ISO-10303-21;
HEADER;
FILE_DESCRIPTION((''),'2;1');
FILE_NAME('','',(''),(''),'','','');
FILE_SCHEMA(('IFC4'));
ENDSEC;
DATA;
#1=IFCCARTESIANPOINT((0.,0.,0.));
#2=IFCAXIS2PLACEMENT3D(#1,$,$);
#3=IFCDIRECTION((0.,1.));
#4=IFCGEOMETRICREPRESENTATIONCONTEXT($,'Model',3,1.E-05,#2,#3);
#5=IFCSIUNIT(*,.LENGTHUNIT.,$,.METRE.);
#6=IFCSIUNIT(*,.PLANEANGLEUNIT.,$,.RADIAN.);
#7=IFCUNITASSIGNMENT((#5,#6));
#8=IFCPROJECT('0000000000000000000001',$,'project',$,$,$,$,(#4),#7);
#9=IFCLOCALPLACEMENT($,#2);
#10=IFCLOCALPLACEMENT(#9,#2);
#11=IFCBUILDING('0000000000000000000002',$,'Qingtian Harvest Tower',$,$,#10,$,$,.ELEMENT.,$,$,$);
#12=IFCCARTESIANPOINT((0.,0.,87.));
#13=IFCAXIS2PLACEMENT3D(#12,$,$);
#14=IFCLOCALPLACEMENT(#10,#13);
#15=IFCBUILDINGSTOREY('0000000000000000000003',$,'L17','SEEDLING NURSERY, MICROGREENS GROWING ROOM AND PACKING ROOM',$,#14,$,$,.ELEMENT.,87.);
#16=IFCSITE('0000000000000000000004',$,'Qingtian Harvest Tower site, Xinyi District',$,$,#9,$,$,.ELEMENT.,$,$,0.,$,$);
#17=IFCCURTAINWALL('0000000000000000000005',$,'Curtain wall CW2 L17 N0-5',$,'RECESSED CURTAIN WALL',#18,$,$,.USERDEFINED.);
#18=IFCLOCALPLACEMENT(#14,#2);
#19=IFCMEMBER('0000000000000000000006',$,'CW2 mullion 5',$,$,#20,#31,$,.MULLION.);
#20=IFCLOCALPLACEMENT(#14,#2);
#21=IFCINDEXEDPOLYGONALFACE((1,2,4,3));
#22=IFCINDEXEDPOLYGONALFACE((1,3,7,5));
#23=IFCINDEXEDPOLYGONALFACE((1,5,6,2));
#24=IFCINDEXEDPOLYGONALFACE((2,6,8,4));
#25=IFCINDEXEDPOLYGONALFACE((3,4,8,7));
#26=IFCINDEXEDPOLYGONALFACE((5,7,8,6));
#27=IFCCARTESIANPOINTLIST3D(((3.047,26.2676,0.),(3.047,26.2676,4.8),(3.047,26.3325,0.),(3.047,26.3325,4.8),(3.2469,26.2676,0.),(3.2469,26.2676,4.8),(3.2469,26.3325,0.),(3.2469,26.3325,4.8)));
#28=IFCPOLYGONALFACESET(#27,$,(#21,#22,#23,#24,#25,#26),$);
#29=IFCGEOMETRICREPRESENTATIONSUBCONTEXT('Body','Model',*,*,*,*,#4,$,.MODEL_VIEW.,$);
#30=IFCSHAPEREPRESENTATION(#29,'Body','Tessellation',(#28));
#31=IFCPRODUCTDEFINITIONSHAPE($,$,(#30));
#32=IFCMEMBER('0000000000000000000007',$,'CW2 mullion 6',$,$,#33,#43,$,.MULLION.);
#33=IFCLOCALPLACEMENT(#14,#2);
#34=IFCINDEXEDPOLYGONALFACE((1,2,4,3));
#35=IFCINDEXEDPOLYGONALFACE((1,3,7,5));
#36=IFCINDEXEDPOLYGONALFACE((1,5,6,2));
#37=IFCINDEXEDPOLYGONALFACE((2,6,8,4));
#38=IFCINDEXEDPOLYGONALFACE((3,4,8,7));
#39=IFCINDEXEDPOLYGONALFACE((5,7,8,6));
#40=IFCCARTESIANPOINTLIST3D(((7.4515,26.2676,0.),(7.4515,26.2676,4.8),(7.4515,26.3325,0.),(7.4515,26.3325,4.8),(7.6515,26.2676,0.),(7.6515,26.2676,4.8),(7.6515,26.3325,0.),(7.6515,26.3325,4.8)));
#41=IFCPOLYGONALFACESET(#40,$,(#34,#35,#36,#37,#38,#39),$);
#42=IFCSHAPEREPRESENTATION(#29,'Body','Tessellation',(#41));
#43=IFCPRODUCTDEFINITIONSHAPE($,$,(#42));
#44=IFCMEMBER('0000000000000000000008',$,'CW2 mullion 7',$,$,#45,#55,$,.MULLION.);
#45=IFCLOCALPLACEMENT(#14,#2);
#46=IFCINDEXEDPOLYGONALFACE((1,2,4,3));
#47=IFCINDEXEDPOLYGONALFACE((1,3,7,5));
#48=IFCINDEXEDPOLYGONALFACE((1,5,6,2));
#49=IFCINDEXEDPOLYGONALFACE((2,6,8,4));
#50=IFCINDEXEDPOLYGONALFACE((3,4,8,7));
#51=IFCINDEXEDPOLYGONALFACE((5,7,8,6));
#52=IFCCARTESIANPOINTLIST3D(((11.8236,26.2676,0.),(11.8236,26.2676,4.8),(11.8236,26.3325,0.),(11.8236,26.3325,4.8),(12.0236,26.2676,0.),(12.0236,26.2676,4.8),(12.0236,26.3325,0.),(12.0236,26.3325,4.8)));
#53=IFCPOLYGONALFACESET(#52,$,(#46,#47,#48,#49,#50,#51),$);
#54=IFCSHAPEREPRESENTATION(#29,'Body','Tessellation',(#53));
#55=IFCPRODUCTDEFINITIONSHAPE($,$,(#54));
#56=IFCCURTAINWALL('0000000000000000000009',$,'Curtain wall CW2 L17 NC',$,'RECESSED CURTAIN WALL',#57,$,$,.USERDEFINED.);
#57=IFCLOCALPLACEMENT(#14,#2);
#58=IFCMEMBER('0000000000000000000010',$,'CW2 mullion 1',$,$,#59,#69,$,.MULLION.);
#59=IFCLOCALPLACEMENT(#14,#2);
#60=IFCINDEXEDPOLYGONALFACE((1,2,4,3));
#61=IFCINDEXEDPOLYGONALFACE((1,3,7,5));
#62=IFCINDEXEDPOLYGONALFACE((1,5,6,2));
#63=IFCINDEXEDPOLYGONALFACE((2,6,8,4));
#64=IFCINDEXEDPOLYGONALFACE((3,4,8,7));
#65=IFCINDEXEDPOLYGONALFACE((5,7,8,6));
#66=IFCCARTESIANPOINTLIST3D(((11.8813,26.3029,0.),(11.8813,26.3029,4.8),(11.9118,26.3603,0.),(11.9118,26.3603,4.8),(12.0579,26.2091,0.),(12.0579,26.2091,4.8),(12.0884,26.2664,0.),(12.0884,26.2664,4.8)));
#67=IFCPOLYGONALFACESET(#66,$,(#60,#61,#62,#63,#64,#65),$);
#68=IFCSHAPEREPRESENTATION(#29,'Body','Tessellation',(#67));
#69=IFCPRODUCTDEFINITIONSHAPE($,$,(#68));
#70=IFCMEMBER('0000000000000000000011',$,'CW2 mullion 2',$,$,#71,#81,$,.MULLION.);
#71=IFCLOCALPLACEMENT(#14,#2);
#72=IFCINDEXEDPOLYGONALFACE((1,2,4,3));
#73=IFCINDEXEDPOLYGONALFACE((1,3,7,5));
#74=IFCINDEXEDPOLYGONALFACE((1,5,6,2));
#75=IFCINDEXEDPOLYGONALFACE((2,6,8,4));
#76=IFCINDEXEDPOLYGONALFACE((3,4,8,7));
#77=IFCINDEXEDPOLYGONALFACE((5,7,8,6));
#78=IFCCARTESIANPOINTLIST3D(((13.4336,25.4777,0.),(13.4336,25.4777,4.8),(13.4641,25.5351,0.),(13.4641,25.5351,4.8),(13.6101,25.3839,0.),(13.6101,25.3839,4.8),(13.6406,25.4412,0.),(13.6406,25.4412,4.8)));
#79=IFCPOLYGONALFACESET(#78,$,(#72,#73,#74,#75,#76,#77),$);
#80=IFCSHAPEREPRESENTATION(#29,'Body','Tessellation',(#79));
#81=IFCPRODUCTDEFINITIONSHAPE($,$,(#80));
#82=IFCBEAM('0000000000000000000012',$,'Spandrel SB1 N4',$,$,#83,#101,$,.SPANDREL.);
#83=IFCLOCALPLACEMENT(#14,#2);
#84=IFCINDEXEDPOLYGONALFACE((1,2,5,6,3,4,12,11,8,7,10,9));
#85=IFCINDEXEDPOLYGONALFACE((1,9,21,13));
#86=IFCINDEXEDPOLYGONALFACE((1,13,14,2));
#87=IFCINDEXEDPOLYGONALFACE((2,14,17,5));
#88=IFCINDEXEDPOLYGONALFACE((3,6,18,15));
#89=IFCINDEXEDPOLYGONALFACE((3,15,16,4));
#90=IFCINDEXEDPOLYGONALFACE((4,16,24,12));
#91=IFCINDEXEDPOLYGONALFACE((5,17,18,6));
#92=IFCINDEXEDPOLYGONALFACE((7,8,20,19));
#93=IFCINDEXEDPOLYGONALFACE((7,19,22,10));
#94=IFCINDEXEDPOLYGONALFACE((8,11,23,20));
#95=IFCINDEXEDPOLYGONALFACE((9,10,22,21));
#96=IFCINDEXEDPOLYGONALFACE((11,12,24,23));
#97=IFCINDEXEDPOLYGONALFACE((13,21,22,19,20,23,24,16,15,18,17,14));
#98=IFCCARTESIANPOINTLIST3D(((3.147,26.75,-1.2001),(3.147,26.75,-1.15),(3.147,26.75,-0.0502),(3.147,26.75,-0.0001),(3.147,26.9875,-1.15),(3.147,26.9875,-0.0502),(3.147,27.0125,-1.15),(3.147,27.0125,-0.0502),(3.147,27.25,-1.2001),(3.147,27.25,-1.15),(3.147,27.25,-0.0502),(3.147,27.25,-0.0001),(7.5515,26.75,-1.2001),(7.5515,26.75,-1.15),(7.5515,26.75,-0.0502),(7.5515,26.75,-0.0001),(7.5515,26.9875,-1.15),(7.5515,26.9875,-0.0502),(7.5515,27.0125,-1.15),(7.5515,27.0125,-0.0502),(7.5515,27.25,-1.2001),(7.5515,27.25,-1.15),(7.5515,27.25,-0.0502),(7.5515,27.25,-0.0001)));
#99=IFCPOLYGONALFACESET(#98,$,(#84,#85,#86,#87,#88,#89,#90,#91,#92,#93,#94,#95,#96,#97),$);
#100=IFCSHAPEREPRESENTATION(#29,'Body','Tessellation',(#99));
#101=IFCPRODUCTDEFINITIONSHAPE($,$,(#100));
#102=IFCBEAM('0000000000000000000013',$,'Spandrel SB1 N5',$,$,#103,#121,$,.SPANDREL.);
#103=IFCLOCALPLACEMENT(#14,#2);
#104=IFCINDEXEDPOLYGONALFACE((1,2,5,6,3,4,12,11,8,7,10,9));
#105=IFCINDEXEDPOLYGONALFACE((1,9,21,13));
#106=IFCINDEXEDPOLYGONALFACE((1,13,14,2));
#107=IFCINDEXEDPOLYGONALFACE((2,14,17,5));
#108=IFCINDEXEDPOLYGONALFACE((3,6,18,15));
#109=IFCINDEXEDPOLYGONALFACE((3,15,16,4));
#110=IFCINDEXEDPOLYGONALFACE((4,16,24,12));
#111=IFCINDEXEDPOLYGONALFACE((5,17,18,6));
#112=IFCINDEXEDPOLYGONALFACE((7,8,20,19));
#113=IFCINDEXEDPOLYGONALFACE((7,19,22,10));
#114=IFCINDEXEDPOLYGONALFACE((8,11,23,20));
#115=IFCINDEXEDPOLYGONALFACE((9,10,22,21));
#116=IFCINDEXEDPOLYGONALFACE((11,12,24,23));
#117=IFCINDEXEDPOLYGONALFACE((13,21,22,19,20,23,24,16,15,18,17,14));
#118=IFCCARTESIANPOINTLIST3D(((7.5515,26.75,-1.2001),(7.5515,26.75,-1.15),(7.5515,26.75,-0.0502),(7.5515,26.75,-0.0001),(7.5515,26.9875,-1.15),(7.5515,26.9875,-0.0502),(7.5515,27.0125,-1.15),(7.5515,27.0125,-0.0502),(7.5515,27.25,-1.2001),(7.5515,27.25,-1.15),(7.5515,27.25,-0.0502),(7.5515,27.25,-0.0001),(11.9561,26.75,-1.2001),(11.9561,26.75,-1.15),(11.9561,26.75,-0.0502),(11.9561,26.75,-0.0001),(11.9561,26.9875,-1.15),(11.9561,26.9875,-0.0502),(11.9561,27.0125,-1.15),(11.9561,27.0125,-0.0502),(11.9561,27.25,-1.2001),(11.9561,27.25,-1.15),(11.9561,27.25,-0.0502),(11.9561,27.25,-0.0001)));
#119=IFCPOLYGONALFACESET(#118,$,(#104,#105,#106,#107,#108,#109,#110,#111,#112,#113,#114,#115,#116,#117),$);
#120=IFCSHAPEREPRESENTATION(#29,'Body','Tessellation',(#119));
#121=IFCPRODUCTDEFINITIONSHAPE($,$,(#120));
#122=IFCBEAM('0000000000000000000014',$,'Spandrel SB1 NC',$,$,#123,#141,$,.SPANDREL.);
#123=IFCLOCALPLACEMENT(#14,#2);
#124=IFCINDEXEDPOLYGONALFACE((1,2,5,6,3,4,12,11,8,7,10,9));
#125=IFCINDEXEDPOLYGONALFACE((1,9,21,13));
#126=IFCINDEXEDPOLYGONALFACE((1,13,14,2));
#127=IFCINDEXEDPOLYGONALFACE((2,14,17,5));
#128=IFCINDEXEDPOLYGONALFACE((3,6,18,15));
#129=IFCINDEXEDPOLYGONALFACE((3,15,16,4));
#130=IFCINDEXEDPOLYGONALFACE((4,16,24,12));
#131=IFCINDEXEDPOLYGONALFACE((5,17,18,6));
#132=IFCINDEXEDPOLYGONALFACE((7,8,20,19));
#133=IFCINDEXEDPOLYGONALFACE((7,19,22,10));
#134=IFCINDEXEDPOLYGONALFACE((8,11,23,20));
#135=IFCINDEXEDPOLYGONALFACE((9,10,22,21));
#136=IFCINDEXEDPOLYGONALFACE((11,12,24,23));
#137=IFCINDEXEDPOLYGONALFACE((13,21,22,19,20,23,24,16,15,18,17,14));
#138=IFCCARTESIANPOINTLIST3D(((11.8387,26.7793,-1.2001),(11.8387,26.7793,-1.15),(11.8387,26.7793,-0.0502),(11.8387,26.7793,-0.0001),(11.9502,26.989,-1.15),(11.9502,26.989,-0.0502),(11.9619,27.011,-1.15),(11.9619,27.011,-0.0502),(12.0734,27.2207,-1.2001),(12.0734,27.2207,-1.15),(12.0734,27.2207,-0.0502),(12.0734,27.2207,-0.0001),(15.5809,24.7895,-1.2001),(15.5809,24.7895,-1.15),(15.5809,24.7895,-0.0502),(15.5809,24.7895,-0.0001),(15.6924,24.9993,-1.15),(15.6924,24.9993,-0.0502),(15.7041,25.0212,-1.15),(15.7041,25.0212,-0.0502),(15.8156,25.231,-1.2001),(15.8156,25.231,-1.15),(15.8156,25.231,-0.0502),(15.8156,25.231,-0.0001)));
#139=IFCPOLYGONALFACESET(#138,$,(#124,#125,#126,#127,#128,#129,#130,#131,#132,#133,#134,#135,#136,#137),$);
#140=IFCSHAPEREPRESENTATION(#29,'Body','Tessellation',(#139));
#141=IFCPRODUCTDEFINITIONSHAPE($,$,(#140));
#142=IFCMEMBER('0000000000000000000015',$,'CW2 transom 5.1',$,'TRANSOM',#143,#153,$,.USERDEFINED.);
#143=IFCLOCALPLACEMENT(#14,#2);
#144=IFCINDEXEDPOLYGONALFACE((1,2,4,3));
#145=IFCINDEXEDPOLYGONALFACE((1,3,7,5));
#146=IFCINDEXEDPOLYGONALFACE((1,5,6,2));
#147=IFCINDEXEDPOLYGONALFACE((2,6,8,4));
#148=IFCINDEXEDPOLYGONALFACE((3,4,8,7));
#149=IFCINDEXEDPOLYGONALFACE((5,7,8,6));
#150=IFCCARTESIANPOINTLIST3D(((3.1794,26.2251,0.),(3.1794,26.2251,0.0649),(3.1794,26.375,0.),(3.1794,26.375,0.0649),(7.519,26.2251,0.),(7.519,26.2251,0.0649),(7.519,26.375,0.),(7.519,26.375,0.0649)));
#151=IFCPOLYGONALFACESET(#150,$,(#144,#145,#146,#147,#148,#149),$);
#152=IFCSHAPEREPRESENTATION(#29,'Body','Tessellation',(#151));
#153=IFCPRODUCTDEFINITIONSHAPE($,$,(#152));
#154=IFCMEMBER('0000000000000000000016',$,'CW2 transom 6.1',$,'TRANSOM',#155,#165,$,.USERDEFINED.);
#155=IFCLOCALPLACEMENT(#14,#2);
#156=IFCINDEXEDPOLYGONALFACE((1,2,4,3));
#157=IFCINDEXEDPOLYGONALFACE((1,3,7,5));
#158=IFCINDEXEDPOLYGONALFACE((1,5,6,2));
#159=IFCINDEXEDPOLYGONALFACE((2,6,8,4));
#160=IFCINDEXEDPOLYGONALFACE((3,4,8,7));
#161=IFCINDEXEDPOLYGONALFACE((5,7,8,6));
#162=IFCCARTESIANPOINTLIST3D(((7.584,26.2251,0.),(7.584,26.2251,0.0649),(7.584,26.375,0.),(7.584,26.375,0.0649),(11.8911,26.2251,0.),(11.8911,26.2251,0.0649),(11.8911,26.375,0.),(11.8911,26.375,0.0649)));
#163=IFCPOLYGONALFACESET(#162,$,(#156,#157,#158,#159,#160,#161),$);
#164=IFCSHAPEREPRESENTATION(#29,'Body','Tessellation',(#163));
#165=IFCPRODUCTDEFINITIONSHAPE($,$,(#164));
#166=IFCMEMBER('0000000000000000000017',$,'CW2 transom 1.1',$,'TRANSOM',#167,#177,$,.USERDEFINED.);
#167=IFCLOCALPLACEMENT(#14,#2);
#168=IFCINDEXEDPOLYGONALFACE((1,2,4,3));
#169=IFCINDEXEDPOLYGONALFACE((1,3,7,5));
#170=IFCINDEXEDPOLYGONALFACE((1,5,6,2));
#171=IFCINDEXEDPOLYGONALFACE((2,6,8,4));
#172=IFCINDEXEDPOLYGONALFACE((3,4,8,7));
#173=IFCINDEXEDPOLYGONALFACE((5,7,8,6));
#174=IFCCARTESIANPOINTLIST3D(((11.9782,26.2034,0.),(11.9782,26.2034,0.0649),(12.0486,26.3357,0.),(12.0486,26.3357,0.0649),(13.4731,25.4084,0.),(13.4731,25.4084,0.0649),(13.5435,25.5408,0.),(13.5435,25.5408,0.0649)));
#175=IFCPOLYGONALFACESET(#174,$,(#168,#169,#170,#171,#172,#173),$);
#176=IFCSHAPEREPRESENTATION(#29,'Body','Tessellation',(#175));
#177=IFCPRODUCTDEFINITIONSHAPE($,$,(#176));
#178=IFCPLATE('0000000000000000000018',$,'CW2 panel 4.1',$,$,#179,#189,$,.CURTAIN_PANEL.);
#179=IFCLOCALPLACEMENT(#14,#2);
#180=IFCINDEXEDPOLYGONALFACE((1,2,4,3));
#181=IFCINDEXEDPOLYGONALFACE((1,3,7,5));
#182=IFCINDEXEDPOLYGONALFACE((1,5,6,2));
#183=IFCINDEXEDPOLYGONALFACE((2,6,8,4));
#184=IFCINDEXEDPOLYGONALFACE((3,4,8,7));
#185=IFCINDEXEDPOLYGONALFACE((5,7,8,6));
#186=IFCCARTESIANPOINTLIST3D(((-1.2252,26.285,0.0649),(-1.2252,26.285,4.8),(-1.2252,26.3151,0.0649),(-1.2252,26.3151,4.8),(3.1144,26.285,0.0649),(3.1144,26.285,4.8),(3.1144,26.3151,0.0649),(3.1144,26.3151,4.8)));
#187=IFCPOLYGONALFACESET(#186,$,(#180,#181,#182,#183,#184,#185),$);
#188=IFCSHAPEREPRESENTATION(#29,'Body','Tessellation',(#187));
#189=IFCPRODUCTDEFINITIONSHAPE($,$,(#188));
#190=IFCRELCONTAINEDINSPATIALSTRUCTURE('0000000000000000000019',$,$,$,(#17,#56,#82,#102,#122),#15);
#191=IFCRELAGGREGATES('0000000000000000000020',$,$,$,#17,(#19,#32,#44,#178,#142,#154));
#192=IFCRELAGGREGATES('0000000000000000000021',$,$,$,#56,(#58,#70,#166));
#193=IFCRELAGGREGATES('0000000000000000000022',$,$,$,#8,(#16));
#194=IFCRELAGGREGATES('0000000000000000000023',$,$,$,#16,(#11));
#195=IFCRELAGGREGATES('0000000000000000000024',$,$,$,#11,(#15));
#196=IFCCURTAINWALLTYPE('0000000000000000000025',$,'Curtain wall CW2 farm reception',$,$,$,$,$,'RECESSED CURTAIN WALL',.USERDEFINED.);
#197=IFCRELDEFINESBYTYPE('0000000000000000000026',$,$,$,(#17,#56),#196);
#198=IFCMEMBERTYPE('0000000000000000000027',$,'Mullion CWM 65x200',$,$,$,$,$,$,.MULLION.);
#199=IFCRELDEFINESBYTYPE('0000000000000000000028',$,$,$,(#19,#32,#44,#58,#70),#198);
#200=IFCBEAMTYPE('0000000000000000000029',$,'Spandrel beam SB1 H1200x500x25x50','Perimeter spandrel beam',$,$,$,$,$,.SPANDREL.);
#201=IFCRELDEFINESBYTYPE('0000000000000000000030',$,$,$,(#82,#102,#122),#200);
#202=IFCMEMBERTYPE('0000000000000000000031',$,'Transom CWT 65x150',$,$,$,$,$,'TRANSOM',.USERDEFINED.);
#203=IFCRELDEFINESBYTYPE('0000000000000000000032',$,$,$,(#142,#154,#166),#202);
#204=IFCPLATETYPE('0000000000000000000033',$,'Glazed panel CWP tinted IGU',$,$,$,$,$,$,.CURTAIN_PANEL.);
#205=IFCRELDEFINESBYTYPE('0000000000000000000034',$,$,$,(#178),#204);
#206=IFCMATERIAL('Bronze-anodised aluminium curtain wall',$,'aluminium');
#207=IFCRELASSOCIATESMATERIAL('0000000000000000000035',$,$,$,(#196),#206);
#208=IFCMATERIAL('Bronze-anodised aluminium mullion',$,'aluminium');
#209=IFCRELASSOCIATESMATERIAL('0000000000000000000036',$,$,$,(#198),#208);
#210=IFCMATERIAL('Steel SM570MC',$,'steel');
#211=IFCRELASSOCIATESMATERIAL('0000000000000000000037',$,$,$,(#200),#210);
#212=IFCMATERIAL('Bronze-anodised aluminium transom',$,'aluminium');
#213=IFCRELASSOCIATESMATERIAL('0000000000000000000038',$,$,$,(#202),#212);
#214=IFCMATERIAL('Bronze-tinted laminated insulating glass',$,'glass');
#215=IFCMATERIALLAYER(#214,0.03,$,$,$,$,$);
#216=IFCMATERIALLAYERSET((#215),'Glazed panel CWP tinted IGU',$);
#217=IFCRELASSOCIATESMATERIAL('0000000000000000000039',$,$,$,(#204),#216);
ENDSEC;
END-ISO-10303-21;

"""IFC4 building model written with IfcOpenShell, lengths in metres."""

from ifc_helpers import new_model, si_unit, direction, frame, origin, origin_2d, place, context, subcontext, project, spatial, rectangle, i_section, extrude, material, layer, layer_set, material_profile, profile_set, type_object, element, aggregate, save


model = new_model("IFC4")

# Units and contexts
model_context = context("Model", 3, precision=1e-05, world=origin(), true_north=direction((0.0, 1.0)))
body_context = subcontext(model_context, "Body", "Model", "MODEL_VIEW")
ifc_project = project(units=[si_unit("LENGTHUNIT", "METRE"), si_unit("PLANEANGLEUNIT", "RADIAN")], contexts=[model_context])

# Site, building, storey
site_placement = place(None, origin())
site = spatial("IfcSite", under=ifc_project, at=site_placement, Name="Qingtian Harvest Tower site, Xinyi District", CompositionType="ELEMENT", RefElevation=0.0)
building_placement = place(site_placement, origin())
building = spatial("IfcBuilding", under=site, at=building_placement, Name="Qingtian Harvest Tower", CompositionType="ELEMENT")
storey_placement = place(building_placement, frame((0.0, 0.0, 87.0)))
storey = spatial("IfcBuildingStorey", under=building, at=storey_placement, Name="L17", Description="SEEDLING NURSERY, MICROGREENS GROWING ROOM AND PACKING ROOM", CompositionType="ELEMENT", Elevation=87.0)

# Curtain walls, members
ifc_material_1 = material(Name="Bronze-anodised aluminium curtain wall", Category="aluminium")
curtain_wall_type = type_object("IfcCurtainWallType", Name="Curtain wall CW2 farm reception", ElementType="RECESSED CURTAIN WALL", PredefinedType="USERDEFINED", material=ifc_material_1)
curtain_wall_1_placement = place(storey_placement, origin())
curtain_wall_1 = element("IfcCurtainWall", 1, at=curtain_wall_1_placement, inside=storey, type_object=curtain_wall_type, Name="Curtain wall CW2 L17 N0-5", ObjectType="RECESSED CURTAIN WALL", PredefinedType="USERDEFINED")
ifc_material_2 = material(Name="Bronze-anodised aluminium mullion", Category="aluminium")
ifc_material_profile_1 = material_profile(ifc_material_2, rectangle(XDim=0.0649, YDim=0.2, at=origin_2d()), Name="AL 65x200")
ifc_profile_set_1 = profile_set([ifc_material_profile_1], Name="Bronze-anodised aluminium mullion")
member_type_1 = type_object("IfcMemberType", Name="Mullion CWM 65x200", PredefinedType="MULLION", material=ifc_profile_set_1)
member_1_placement = place(storey_placement, frame((3.147, 26.3, 0.0), z_axis=(0.0, 0.0, 1.0), x_axis=(0.0, 1.0, 0.0)))
member_1 = element("IfcMember", 2, at=member_1_placement, type_object=member_type_1, Name="CW2 mullion 5", PredefinedType="MULLION", context=body_context, shape_type="SweptSolid", body=[
    extrude(rectangle(XDim=0.0649, YDim=0.2, at=origin_2d()), origin(), (0.0, 0.0, 1.0), 4.8),
])
member_2_placement = place(storey_placement, frame((7.5515, 26.3, 0.0), z_axis=(0.0, 0.0, 1.0), x_axis=(0.0, 1.0, 0.0)))
member_2 = element("IfcMember", 3, at=member_2_placement, type_object=member_type_1, Name="CW2 mullion 6", PredefinedType="MULLION", context=body_context, shape_type="SweptSolid", body=[
    extrude(rectangle(XDim=0.0649, YDim=0.2, at=origin_2d()), origin(), (0.0, 0.0, 1.0), 4.8),
])
member_3_placement = place(storey_placement, frame((11.9236, 26.3, 0.0), z_axis=(0.0, 0.0, 1.0), x_axis=(0.0, 1.0, 0.0)))
member_3 = element("IfcMember", 4, at=member_3_placement, type_object=member_type_1, Name="CW2 mullion 7", PredefinedType="MULLION", context=body_context, shape_type="SweptSolid", body=[
    extrude(rectangle(XDim=0.0649, YDim=0.2, at=origin_2d()), origin(), (0.0, 0.0, 1.0), 4.8),
])
curtain_wall_2_placement = place(storey_placement, origin())
curtain_wall_2 = element("IfcCurtainWall", 5, at=curtain_wall_2_placement, inside=storey, type_object=curtain_wall_type, Name="Curtain wall CW2 L17 NC", ObjectType="RECESSED CURTAIN WALL", PredefinedType="USERDEFINED")
member_4_placement = place(storey_placement, frame((11.9849, 26.2847, 0.0), z_axis=(0.0, 0.0, 1.0), x_axis=(0.469472, 0.882948, 0.0)))
member_4 = element("IfcMember", 6, at=member_4_placement, type_object=member_type_1, Name="CW2 mullion 1", PredefinedType="MULLION", context=body_context, shape_type="SweptSolid", body=[
    extrude(rectangle(XDim=0.0649, YDim=0.2, at=origin_2d()), origin(), (0.0, 0.0, 1.0), 4.8),
])
member_5_placement = place(storey_placement, frame((13.5371, 25.4595, 0.0), z_axis=(0.0, 0.0, 1.0), x_axis=(0.469472, 0.882948, 0.0)))
member_5 = element("IfcMember", 7, at=member_5_placement, type_object=member_type_1, Name="CW2 mullion 2", PredefinedType="MULLION", context=body_context, shape_type="SweptSolid", body=[
    extrude(rectangle(XDim=0.0649, YDim=0.2, at=origin_2d()), origin(), (0.0, 0.0, 1.0), 4.8),
])

# Beams
ifc_material_3 = material(Name="Steel SM570MC", Category="steel")
ifc_material_profile_2 = material_profile(ifc_material_3, i_section(OverallWidth=0.5, OverallDepth=1.2, WebThickness=0.0249, FlangeThickness=0.05, at=origin_2d()), Name="H1200x500x25x50")
ifc_profile_set_2 = profile_set([ifc_material_profile_2], Name="Steel SM570MC")
beam_type_1 = type_object("IfcBeamType", Name="Spandrel beam SB1 H1200x500x25x50", Description="Perimeter spandrel beam", PredefinedType="SPANDREL", material=ifc_profile_set_2)
for number, where, z_axis, x_axis, name in (
    (8, (3.147, 27.0, -0.6001), (1.0, 0.0, 0.0), (0.0, 1.0, 0.0), "Spandrel SB1 N4"),
    (9, (7.5515, 27.0, -0.6001), (1.0, 0.0, 0.0), (0.0, 1.0, 0.0), "Spandrel SB1 N5"),
):
    element("IfcBeam", number, at=place(storey_placement, frame(where, z_axis=z_axis, x_axis=x_axis)), inside=storey, type_object=beam_type_1, Name=name, PredefinedType="SPANDREL", context=body_context, shape_type="SweptSolid", body=[
        extrude(i_section(OverallWidth=0.5, OverallDepth=1.2, WebThickness=0.0249, FlangeThickness=0.05, at=origin_2d()), origin(), (0.0, 0.0, 1.0), 4.4045),
    ])
beam_1_placement = place(storey_placement, frame((11.9561, 27.0, -0.6001), z_axis=(0.882949, -0.46947, 0.0), x_axis=(0.46947, 0.882949, 0.0)))
element("IfcBeam", 10, at=beam_1_placement, inside=storey, type_object=beam_type_1, Name="Spandrel SB1 NC", PredefinedType="SPANDREL", context=body_context, shape_type="SweptSolid", body=[
    extrude(i_section(OverallWidth=0.5, OverallDepth=1.2, WebThickness=0.0249, FlangeThickness=0.05, at=origin_2d()), origin(), (0.0, 0.0, 1.0), 4.2383),
])

# Members
ifc_material_4 = material(Name="Bronze-anodised aluminium transom", Category="aluminium")
ifc_material_profile_3 = material_profile(ifc_material_4, rectangle(XDim=0.1499, YDim=0.0649, at=origin_2d()), Name="AL 65x150")
ifc_profile_set_3 = profile_set([ifc_material_profile_3], Name="Bronze-anodised aluminium transom")
member_type_2 = type_object("IfcMemberType", Name="Transom CWT 65x150", ElementType="TRANSOM", PredefinedType="USERDEFINED", material=ifc_profile_set_3)
member_6_placement = place(storey_placement, frame((3.1794, 26.3, 0.0325), z_axis=(1.0, 0.0, 0.0), x_axis=(0.0, 1.0, 0.0)))
member_6 = element("IfcMember", 11, at=member_6_placement, type_object=member_type_2, Name="CW2 transom 5.1", ObjectType="TRANSOM", PredefinedType="USERDEFINED", context=body_context, shape_type="SweptSolid", body=[
    extrude(rectangle(XDim=0.1499, YDim=0.0649, at=origin_2d()), origin(), (0.0, 0.0, 1.0), 4.3396),
])
member_7_placement = place(storey_placement, frame((7.584, 26.3, 0.0325), z_axis=(1.0, 0.0, 0.0), x_axis=(0.0, 1.0, 0.0)))
member_7 = element("IfcMember", 12, at=member_7_placement, type_object=member_type_2, Name="CW2 transom 6.1", ObjectType="TRANSOM", PredefinedType="USERDEFINED", context=body_context, shape_type="SweptSolid", body=[
    extrude(rectangle(XDim=0.1499, YDim=0.0649, at=origin_2d()), origin(), (0.0, 0.0, 1.0), 4.3071),
])
member_8_placement = place(storey_placement, frame((12.0134, 26.2695, 0.0325), z_axis=(0.882927, -0.46951, 0.0), x_axis=(0.46951, 0.882927, 0.0)))
member_8 = element("IfcMember", 13, at=member_8_placement, type_object=member_type_2, Name="CW2 transom 1.1", ObjectType="TRANSOM", PredefinedType="USERDEFINED", context=body_context, shape_type="SweptSolid", body=[
    extrude(rectangle(XDim=0.1499, YDim=0.0649, at=origin_2d()), origin(), (0.0, 0.0, 1.0), 1.6931),
])

# Plate
ifc_material_5 = material(Name="Bronze-tinted laminated insulating glass", Category="glass")
ifc_layer_1 = layer(ifc_material_5, 0.03)
ifc_layer_set_1 = layer_set([ifc_layer_1], Name="Glazed panel CWP tinted IGU")
plate_type = type_object("IfcPlateType", Name="Glazed panel CWP tinted IGU", PredefinedType="CURTAIN_PANEL", material=ifc_layer_set_1)
plate_1_placement = place(storey_placement, frame((0.9446, 26.3, 0.0649), z_axis=(0.0, 0.0, 1.0), x_axis=(1.0, 0.0, 0.0)))
plate_1 = element("IfcPlate", 14, at=plate_1_placement, type_object=plate_type, Name="CW2 panel 4.1", PredefinedType="CURTAIN_PANEL", context=body_context, shape_type="SweptSolid", body=[
    extrude(rectangle(XDim=4.3396, YDim=0.03, at=origin_2d()), origin(), (0.0, 0.0, 1.0), 4.7351),
])
aggregate(curtain_wall_1, [member_1, member_2, member_3, plate_1, member_6, member_7])
aggregate(curtain_wall_2, [member_4, member_5, member_8])

save(model, "model.ifc")
